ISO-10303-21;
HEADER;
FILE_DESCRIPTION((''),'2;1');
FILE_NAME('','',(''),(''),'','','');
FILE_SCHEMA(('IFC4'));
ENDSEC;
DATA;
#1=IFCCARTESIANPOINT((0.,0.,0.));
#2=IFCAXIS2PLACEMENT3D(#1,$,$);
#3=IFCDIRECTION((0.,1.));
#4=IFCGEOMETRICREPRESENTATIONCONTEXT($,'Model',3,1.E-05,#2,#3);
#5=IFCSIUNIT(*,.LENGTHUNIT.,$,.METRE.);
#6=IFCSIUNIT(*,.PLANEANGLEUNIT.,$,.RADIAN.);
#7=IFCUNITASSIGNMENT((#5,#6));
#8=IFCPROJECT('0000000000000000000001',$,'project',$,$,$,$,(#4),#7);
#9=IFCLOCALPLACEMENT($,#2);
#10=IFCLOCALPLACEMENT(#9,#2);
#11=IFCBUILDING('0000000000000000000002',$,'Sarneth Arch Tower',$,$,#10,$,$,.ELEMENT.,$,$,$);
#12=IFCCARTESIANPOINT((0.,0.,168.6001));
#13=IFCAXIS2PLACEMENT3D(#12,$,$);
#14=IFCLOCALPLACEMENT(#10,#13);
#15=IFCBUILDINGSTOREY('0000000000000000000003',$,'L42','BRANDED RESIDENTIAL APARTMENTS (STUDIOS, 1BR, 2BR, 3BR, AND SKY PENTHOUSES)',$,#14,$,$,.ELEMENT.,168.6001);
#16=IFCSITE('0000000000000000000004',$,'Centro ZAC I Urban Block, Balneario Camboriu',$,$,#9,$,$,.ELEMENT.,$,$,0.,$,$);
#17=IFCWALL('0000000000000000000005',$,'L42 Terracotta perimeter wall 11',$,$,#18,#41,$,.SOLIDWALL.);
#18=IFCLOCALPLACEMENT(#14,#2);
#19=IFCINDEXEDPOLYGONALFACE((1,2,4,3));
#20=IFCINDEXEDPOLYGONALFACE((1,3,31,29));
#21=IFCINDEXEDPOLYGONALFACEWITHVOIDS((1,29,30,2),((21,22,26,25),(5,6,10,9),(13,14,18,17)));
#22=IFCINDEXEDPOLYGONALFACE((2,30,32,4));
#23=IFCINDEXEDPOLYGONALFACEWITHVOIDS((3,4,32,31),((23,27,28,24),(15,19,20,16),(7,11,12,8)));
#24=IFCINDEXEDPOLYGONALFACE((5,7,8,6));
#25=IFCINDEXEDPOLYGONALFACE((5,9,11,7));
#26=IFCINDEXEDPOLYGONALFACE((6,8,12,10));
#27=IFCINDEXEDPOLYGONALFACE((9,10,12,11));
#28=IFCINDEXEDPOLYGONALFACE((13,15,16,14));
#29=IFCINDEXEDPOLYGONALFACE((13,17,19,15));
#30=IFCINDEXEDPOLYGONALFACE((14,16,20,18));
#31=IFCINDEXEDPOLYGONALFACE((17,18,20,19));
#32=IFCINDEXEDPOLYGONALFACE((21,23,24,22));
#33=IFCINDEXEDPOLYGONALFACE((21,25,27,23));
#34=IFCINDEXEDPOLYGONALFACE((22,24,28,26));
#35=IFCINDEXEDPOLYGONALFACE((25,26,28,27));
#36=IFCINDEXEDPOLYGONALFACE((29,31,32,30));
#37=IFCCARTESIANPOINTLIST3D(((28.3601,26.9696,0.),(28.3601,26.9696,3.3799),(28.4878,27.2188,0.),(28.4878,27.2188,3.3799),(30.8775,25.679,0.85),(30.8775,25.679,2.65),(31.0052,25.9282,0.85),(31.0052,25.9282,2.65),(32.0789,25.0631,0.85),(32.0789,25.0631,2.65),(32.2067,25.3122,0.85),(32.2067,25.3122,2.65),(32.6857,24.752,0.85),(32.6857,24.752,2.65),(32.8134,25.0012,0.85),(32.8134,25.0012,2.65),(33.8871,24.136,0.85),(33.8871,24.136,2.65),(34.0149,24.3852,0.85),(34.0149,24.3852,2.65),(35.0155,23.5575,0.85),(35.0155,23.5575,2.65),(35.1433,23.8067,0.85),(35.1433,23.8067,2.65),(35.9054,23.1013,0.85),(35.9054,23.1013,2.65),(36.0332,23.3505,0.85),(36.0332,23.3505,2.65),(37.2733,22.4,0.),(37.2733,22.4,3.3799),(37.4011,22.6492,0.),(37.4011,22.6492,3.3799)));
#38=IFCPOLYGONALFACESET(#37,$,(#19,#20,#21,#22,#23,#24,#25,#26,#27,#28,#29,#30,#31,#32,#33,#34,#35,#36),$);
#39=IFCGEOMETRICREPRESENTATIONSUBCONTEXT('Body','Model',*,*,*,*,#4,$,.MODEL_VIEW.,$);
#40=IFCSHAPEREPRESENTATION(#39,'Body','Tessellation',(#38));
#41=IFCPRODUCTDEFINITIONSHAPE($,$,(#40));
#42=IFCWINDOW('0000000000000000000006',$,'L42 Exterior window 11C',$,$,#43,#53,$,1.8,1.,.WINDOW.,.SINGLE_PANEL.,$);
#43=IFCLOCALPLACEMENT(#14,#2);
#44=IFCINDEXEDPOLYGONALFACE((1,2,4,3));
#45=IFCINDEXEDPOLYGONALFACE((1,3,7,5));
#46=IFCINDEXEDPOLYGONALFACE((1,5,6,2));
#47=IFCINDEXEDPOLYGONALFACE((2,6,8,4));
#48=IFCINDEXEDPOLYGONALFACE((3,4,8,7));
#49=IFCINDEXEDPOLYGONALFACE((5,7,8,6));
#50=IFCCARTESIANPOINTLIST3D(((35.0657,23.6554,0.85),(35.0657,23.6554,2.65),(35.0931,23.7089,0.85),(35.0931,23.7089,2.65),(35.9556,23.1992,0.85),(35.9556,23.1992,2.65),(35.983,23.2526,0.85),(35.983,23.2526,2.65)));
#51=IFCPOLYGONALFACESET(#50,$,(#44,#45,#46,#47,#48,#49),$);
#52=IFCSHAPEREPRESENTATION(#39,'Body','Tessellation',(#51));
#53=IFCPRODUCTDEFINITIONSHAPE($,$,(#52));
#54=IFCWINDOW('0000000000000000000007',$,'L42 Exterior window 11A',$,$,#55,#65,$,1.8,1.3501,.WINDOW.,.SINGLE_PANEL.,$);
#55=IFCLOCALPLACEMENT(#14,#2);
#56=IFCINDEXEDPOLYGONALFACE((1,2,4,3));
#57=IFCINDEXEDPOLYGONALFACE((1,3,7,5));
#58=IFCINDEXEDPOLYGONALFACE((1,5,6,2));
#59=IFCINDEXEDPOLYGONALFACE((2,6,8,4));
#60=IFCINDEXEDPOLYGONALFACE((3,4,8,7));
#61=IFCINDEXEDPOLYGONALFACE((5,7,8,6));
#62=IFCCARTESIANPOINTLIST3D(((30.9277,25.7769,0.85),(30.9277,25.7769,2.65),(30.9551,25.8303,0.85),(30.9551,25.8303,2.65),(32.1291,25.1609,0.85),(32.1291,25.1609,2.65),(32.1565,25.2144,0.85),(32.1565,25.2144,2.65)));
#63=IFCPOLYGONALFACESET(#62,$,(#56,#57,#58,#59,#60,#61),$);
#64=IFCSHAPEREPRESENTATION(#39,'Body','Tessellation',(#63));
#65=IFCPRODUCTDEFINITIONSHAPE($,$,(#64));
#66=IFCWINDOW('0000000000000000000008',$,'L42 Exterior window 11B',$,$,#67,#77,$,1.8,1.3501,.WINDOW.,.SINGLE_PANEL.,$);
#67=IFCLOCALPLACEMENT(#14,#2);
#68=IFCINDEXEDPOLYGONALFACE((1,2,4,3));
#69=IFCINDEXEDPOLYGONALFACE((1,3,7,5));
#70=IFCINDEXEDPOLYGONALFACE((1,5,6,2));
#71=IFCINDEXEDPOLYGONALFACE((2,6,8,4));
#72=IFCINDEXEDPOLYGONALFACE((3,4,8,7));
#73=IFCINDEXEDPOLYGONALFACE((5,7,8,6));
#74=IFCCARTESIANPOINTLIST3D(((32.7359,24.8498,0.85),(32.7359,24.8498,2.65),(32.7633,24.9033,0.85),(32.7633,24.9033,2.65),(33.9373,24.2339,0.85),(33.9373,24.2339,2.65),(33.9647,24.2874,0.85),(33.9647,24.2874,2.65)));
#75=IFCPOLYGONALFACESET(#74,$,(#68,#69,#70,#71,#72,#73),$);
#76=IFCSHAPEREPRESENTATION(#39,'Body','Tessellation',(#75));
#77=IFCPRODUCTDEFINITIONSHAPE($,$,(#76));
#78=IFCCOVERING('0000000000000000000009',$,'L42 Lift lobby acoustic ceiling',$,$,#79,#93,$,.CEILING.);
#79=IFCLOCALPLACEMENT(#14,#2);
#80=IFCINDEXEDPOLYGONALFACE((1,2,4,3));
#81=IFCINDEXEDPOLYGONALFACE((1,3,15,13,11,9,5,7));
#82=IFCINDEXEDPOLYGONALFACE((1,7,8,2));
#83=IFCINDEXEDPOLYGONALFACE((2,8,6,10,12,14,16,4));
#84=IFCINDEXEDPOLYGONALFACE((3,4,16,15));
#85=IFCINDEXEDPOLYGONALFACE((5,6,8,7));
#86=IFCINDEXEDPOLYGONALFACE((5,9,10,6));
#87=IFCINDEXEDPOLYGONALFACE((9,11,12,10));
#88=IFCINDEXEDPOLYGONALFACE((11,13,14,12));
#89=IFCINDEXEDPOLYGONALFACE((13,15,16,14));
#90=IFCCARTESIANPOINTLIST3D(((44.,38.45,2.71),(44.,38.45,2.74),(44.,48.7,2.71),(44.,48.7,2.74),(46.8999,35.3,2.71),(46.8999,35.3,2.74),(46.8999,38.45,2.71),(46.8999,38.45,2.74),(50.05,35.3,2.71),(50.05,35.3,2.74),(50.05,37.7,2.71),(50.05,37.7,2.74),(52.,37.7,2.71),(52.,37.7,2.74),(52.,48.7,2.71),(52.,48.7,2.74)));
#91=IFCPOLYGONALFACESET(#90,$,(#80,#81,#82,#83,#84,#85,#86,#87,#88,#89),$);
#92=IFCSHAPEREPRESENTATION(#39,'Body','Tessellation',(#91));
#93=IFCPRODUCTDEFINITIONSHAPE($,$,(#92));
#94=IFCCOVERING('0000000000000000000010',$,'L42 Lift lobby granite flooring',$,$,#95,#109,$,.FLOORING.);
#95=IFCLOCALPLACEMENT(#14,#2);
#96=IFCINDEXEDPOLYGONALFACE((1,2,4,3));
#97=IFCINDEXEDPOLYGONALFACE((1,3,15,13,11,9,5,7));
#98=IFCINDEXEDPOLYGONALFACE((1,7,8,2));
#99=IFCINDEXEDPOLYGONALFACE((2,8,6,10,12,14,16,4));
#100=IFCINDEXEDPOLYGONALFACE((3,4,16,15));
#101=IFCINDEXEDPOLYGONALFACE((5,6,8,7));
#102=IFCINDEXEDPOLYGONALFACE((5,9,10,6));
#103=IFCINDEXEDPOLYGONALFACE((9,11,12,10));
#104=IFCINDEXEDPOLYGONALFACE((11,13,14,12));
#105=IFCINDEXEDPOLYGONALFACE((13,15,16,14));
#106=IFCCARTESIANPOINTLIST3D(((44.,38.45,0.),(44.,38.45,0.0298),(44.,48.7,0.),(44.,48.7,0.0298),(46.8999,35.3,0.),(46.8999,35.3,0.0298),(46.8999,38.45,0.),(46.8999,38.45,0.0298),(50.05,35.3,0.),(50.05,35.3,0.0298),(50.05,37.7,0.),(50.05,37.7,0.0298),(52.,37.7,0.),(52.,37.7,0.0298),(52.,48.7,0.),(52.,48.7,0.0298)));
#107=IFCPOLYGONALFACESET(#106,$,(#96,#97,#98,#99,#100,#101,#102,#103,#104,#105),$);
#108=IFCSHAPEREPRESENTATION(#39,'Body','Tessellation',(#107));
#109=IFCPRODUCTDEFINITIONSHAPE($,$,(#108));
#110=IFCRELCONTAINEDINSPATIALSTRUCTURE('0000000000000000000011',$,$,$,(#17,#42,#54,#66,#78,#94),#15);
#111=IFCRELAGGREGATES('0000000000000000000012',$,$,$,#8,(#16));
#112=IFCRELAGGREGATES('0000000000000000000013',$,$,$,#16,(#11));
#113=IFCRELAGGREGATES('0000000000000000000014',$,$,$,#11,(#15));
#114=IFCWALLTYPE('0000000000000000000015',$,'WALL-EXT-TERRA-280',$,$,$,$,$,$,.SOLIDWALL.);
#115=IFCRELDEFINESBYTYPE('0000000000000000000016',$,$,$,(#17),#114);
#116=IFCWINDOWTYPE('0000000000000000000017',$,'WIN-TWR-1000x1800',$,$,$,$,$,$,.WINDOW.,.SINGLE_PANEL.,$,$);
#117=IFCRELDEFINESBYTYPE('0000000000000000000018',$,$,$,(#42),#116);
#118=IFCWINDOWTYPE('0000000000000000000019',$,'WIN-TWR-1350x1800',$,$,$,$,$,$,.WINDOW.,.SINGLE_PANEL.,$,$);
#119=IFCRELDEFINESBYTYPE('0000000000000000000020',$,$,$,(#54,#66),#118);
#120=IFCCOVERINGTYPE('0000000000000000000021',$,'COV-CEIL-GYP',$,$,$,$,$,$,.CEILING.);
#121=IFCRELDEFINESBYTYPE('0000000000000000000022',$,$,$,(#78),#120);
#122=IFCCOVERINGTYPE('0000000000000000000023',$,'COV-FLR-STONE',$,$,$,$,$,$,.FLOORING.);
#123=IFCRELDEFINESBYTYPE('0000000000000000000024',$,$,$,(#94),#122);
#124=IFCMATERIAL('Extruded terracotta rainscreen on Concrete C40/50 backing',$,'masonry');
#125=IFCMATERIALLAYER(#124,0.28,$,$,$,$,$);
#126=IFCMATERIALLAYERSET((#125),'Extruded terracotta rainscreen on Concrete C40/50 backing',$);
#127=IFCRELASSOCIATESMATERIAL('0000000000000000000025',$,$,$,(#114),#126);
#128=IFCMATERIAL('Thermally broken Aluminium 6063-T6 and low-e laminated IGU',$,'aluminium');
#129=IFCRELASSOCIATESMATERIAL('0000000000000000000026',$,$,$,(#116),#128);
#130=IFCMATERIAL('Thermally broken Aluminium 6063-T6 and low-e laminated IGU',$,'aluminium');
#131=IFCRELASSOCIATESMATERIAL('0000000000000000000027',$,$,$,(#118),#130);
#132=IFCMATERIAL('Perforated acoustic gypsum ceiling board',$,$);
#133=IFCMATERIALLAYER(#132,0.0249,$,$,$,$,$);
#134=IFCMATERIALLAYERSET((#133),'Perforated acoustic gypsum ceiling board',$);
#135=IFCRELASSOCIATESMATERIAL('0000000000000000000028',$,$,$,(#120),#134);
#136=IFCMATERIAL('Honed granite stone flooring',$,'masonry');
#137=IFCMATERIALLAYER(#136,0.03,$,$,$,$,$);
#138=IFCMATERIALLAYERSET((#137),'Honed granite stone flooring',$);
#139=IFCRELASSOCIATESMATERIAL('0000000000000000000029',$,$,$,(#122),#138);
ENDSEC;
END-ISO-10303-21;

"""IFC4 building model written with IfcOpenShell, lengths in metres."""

from ifc_helpers import new_model, si_unit, direction, frame, frame_2d, origin, place, context, subcontext, project, spatial, polyline, rectangle, outline, extrude, material, layer, layer_set, type_object, element, fill, save


model = new_model("IFC4")

# Units and contexts
model_context = context("Model", 3, precision=1e-05, world=origin(), true_north=direction((0.0, 1.0)))
body_context = subcontext(model_context, "Body", "Model", "MODEL_VIEW")
ifc_project = project(units=[si_unit("LENGTHUNIT", "METRE"), si_unit("PLANEANGLEUNIT", "RADIAN")], contexts=[model_context])

# Site, building, storey
site_placement = place(None, origin())
site = spatial("IfcSite", under=ifc_project, at=site_placement, Name="Centro ZAC I Urban Block, Balneario Camboriu", CompositionType="ELEMENT", RefElevation=0.0)
building_placement = place(site_placement, origin())
building = spatial("IfcBuilding", under=site, at=building_placement, Name="Sarneth Arch Tower", CompositionType="ELEMENT")
storey_placement = place(building_placement, frame((0.0, 0.0, 168.6001)))
storey = spatial("IfcBuildingStorey", under=building, at=storey_placement, Name="L42", Description="BRANDED RESIDENTIAL APARTMENTS (STUDIOS, 1BR, 2BR, 3BR, AND SKY PENTHOUSES)", CompositionType="ELEMENT", Elevation=168.6001)

# Wall, openings, windows
ifc_material_1 = material(Name="Extruded terracotta rainscreen on Concrete C40/50 backing", Category="masonry")
ifc_layer_1 = layer(ifc_material_1, 0.28)
ifc_layer_set_1 = layer_set([ifc_layer_1], Name="Extruded terracotta rainscreen on Concrete C40/50 backing")
wall_type = type_object("IfcWallType", Name="WALL-EXT-TERRA-280", PredefinedType="SOLIDWALL", material=ifc_layer_set_1)
wall_placement = place(storey_placement, frame((28.4238, 27.0942, 0.0), z_axis=(0.0, 0.0, 1.0), x_axis=(0.889873, -0.456209, 0.0)))
wall = element("IfcWall", 1, at=wall_placement, inside=storey, type_object=wall_type, Name="L42 Terracotta perimeter wall 11", PredefinedType="SOLIDWALL", context=body_context, shape_type="SweptSolid", body=[
    extrude(rectangle(XDim=10.0164, YDim=0.28, at=frame_2d((5.0083, 0.0))), origin(), (0.0, 0.0, 1.0), 3.3799),
])
opening_1_placement = place(wall_placement, frame((2.8291, 0.0, 0.8501)))
opening_1 = element("IfcOpeningElement", 2, at=opening_1_placement, cuts=wall, PredefinedType="OPENING", context=body_context, shape_type="SweptSolid", body=[
    extrude(rectangle(XDim=1.3501, YDim=1.8, at=frame_2d((0.675, 0.8999))), frame((0.0, 0.1499, 0.0), z_axis=(0.0, -1.0, 0.0), x_axis=(1.0, 0.0, 0.0)), (0.0, 0.0, 1.0), 0.3),
])
opening_2_placement = place(wall_placement, frame((4.8611, 0.0, 0.8501)))
opening_2 = element("IfcOpeningElement", 3, at=opening_2_placement, cuts=wall, PredefinedType="OPENING", context=body_context, shape_type="SweptSolid", body=[
    extrude(rectangle(XDim=1.3501, YDim=1.8, at=frame_2d((0.675, 0.8999))), frame((0.0, 0.1499, 0.0), z_axis=(0.0, -1.0, 0.0), x_axis=(1.0, 0.0, 0.0)), (0.0, 0.0, 1.0), 0.3),
])
opening_3_placement = place(wall_placement, frame((7.4792, 0.0, 0.8501)))
opening_3 = element("IfcOpeningElement", 4, at=opening_3_placement, cuts=wall, PredefinedType="OPENING", context=body_context, shape_type="SweptSolid", body=[
    extrude(rectangle(XDim=1.0, YDim=1.8, at=frame_2d((0.5, 0.8999))), frame((0.0, 0.1499, 0.0), z_axis=(0.0, -1.0, 0.0), x_axis=(1.0, 0.0, 0.0)), (0.0, 0.0, 1.0), 0.3),
])
ifc_material_2 = material(Name="Thermally broken Aluminium 6063-T6 and low-e laminated IGU", Category="aluminium")
window_type_1 = type_object("IfcWindowType", Name="WIN-TWR-1000x1800", PartitioningType="SINGLE_PANEL", PredefinedType="WINDOW", material=ifc_material_2)
window_1_placement = place(opening_3_placement, origin())
window_1 = element("IfcWindow", 5, at=window_1_placement, inside=storey, type_object=window_type_1, Name="L42 Exterior window 11C", OverallHeight=1.8, OverallWidth=1.0, PartitioningType="SINGLE_PANEL", PredefinedType="WINDOW", context=body_context, shape_type="SweptSolid", body=[
    extrude(rectangle(XDim=1.0, YDim=1.8, at=frame_2d((0.5, 0.8999))), frame((0.0, 0.03, 0.0), z_axis=(0.0, -1.0, 0.0), x_axis=(1.0, 0.0, 0.0)), (0.0, 0.0, 1.0), 0.0601),
])
fill(opening_3, window_1)
ifc_material_3 = material(Name="Thermally broken Aluminium 6063-T6 and low-e laminated IGU", Category="aluminium")
window_type_2 = type_object("IfcWindowType", Name="WIN-TWR-1350x1800", PartitioningType="SINGLE_PANEL", PredefinedType="WINDOW", material=ifc_material_3)
window_2_placement = place(opening_1_placement, origin())
window_2 = element("IfcWindow", 6, at=window_2_placement, inside=storey, type_object=window_type_2, Name="L42 Exterior window 11A", OverallHeight=1.8, OverallWidth=1.3501, PartitioningType="SINGLE_PANEL", PredefinedType="WINDOW", context=body_context, shape_type="SweptSolid", body=[
    extrude(rectangle(XDim=1.3501, YDim=1.8, at=frame_2d((0.675, 0.8999))), frame((0.0, 0.03, 0.0), z_axis=(0.0, -1.0, 0.0), x_axis=(1.0, 0.0, 0.0)), (0.0, 0.0, 1.0), 0.0601),
])
fill(opening_1, window_2)
window_3_placement = place(opening_2_placement, origin())
window_3 = element("IfcWindow", 7, at=window_3_placement, inside=storey, type_object=window_type_2, Name="L42 Exterior window 11B", OverallHeight=1.8, OverallWidth=1.3501, PartitioningType="SINGLE_PANEL", PredefinedType="WINDOW", context=body_context, shape_type="SweptSolid", body=[
    extrude(rectangle(XDim=1.3501, YDim=1.8, at=frame_2d((0.675, 0.8999))), frame((0.0, 0.03, 0.0), z_axis=(0.0, -1.0, 0.0), x_axis=(1.0, 0.0, 0.0)), (0.0, 0.0, 1.0), 0.0601),
])
fill(opening_2, window_3)

# Coverings
ifc_material_4 = material(Name="Perforated acoustic gypsum ceiling board")
ifc_layer_2 = layer(ifc_material_4, 0.0249)
ifc_layer_set_2 = layer_set([ifc_layer_2], Name="Perforated acoustic gypsum ceiling board")
covering_type_1 = type_object("IfcCoveringType", Name="COV-CEIL-GYP", PredefinedType="CEILING", material=ifc_layer_set_2)
covering_1_placement = place(storey_placement, frame((0.0, 0.0, 2.71)))
element("IfcCovering", 8, at=covering_1_placement, inside=storey, type_object=covering_type_1, Name="L42 Lift lobby acoustic ceiling", PredefinedType="CEILING", context=body_context, shape_type="SweptSolid", body=[
    extrude(outline(polyline([(52.0, 37.7), (50.05, 37.7), (50.05, 35.3), (46.8999, 35.3), (46.8999, 38.45), (44.0, 38.45), (44.0, 48.7), (52.0, 48.7), (52.0, 37.7)])), origin(), (0.0, 0.0, 1.0), 0.03),
])
ifc_material_5 = material(Name="Honed granite stone flooring", Category="masonry")
ifc_layer_3 = layer(ifc_material_5, 0.03)
ifc_layer_set_3 = layer_set([ifc_layer_3], Name="Honed granite stone flooring")
covering_type_2 = type_object("IfcCoveringType", Name="COV-FLR-STONE", PredefinedType="FLOORING", material=ifc_layer_set_3)
covering_2_placement = place(storey_placement, origin())
element("IfcCovering", 9, at=covering_2_placement, inside=storey, type_object=covering_type_2, Name="L42 Lift lobby granite flooring", PredefinedType="FLOORING", context=body_context, shape_type="SweptSolid", body=[
    extrude(outline(polyline([(52.0, 37.7), (50.05, 37.7), (50.05, 35.3), (46.8999, 35.3), (46.8999, 38.45), (44.0, 38.45), (44.0, 48.7), (52.0, 48.7), (52.0, 37.7)])), origin(), (0.0, 0.0, 1.0), 0.0298),
])

save(model, "model.ifc")
